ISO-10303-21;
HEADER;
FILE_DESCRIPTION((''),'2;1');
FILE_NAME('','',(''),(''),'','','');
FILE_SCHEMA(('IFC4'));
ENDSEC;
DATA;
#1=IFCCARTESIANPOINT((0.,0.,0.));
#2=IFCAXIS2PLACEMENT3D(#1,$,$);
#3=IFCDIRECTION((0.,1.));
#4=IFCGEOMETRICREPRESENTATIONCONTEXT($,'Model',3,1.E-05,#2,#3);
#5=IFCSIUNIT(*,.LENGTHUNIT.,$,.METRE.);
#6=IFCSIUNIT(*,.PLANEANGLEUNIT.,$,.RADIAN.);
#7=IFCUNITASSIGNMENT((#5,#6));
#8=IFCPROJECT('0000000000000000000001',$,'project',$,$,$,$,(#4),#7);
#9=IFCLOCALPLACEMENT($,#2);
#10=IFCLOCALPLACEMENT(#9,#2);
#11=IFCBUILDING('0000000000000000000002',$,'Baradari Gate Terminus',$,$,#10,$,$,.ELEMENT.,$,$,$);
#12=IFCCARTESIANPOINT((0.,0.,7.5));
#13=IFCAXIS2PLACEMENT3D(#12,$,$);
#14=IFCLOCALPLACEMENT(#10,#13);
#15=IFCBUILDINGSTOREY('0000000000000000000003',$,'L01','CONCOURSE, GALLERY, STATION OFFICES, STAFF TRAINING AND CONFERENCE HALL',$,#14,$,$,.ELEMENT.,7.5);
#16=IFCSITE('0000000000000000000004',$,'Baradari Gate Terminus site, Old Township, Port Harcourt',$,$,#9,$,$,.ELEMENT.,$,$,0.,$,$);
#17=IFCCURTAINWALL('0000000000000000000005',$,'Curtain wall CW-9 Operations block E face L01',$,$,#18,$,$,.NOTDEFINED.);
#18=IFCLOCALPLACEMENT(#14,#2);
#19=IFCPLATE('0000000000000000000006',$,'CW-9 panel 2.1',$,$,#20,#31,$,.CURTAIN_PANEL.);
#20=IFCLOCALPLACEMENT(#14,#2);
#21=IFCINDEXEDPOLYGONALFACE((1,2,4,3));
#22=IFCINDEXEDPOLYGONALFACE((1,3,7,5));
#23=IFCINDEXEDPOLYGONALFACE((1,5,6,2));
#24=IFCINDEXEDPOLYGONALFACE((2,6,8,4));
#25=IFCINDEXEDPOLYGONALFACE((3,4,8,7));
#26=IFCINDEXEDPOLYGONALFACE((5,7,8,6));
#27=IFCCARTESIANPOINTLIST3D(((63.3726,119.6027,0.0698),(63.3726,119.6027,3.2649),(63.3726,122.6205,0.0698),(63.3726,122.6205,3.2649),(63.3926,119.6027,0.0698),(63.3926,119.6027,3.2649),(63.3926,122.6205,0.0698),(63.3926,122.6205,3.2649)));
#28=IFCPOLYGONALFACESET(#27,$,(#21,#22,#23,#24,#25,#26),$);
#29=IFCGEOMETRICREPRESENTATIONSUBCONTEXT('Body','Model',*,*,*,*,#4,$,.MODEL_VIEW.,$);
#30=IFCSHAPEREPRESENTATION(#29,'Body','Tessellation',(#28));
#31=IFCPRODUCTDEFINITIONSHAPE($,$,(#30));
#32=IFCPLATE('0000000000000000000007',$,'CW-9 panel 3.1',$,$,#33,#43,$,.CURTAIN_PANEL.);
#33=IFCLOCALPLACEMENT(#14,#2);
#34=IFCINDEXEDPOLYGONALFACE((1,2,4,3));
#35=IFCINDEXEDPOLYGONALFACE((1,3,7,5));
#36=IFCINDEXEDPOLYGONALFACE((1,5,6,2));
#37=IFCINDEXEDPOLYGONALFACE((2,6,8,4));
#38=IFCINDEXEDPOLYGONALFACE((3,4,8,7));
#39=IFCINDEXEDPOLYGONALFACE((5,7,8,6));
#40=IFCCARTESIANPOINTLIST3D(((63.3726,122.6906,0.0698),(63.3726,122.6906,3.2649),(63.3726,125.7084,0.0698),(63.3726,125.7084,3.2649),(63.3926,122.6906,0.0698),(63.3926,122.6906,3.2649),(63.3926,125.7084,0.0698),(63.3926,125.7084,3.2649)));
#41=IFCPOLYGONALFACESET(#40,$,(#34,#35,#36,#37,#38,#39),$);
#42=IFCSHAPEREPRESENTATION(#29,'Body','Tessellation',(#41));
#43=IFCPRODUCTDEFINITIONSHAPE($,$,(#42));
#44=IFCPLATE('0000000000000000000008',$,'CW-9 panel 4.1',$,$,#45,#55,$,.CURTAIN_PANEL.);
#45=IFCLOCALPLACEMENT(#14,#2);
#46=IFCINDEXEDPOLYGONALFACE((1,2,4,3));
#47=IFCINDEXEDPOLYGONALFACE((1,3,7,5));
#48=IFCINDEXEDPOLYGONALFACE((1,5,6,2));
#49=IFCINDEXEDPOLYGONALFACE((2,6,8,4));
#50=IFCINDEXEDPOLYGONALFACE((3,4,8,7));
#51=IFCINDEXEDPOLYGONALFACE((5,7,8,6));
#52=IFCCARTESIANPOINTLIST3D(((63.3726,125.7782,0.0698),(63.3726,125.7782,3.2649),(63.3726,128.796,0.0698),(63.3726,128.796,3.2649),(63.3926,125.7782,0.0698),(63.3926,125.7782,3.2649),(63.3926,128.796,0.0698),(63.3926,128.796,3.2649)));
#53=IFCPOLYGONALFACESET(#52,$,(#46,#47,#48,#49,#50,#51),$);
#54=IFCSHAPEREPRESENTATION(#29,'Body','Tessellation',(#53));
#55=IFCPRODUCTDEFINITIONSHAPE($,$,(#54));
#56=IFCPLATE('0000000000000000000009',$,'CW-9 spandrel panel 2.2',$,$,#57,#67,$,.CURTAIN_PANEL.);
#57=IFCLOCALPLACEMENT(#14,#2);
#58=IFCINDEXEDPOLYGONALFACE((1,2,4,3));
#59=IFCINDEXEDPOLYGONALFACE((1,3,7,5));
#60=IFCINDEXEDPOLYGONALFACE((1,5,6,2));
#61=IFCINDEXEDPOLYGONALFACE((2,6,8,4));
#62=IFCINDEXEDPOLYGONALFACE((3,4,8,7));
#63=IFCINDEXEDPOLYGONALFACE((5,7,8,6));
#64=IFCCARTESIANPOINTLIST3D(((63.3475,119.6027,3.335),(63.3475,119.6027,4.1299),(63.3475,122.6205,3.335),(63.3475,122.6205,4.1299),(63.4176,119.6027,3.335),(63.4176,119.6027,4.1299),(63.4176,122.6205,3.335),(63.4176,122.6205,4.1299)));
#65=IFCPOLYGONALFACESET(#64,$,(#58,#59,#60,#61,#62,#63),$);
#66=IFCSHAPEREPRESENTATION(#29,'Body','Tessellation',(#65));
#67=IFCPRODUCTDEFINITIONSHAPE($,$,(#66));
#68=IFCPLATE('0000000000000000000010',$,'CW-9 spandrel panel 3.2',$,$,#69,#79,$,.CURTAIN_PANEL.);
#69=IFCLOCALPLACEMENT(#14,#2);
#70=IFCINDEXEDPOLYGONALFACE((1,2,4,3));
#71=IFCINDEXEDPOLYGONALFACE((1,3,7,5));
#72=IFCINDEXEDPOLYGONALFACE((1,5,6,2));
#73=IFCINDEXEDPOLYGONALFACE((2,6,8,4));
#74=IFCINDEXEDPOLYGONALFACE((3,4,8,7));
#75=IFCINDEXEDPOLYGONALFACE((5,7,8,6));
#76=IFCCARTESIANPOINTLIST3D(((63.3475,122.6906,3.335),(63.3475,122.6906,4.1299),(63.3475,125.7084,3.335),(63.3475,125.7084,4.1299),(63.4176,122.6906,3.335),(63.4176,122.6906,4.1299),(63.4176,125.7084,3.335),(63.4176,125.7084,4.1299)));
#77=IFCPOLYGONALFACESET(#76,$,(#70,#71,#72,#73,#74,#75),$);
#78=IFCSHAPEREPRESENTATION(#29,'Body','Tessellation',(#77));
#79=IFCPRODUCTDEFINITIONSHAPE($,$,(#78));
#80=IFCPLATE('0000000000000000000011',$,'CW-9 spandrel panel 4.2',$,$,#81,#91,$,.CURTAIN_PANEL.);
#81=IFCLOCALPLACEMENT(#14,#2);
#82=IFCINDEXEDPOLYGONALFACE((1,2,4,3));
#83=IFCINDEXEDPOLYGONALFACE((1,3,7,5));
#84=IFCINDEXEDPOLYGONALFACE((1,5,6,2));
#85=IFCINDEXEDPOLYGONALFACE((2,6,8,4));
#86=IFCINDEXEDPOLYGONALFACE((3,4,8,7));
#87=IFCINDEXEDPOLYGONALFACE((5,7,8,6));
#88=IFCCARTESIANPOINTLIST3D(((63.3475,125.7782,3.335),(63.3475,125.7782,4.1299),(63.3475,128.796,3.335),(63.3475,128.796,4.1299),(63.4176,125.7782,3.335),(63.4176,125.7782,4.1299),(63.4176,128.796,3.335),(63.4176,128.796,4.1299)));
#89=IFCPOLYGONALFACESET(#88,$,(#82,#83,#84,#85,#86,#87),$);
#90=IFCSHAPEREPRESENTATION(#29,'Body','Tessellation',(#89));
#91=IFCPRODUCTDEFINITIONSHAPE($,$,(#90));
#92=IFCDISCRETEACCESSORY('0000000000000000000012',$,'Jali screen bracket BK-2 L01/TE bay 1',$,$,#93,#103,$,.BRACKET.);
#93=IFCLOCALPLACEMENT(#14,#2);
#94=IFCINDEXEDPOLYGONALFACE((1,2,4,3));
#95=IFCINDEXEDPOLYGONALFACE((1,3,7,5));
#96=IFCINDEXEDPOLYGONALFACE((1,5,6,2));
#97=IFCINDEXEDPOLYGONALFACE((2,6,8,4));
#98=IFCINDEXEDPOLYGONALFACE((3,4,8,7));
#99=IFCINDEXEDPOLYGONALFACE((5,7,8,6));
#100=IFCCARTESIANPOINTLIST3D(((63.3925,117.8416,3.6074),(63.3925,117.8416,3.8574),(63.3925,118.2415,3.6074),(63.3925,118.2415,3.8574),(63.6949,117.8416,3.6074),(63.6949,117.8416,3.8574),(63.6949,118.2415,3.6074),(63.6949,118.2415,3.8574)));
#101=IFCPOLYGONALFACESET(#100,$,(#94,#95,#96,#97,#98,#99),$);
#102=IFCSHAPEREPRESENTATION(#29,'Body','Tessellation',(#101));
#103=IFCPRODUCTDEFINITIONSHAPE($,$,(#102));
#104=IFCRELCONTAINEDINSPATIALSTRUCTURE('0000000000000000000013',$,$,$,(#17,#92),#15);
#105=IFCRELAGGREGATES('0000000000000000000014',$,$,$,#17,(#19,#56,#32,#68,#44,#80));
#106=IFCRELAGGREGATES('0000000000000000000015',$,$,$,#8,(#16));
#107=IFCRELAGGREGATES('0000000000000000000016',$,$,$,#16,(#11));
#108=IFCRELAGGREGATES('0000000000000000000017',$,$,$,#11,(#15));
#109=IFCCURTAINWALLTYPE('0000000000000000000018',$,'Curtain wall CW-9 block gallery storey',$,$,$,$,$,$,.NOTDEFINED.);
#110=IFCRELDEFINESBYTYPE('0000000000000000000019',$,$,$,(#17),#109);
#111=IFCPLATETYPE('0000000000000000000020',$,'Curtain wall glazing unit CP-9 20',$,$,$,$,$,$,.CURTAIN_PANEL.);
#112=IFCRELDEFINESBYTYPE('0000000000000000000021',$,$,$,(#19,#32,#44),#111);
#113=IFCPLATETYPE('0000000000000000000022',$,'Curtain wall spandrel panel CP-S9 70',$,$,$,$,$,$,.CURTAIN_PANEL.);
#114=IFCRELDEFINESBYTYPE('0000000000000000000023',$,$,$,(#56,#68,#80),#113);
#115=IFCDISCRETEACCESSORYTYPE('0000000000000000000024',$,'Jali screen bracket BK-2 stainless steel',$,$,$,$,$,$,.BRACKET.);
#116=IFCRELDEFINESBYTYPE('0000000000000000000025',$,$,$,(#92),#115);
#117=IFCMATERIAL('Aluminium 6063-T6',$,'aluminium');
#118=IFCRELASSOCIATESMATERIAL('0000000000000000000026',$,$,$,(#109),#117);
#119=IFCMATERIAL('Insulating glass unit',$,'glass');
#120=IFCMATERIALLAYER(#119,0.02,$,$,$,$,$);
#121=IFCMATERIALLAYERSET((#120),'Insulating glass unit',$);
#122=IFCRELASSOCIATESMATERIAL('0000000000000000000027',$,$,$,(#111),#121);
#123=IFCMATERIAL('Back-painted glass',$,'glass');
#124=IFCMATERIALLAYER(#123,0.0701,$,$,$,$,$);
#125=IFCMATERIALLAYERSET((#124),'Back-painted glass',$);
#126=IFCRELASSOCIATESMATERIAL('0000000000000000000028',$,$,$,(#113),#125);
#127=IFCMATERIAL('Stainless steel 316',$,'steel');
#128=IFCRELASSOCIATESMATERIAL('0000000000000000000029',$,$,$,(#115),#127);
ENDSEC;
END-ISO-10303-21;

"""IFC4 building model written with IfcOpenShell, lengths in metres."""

from ifc_helpers import new_model, si_unit, direction, frame, origin, origin_2d, place, context, subcontext, project, spatial, rectangle, extrude, material, layer, layer_set, type_object, element, aggregate, save


model = new_model("IFC4")

# Units and contexts
model_context = context("Model", 3, precision=1e-05, world=origin(), true_north=direction((0.0, 1.0)))
body_context = subcontext(model_context, "Body", "Model", "MODEL_VIEW")
ifc_project = project(units=[si_unit("LENGTHUNIT", "METRE"), si_unit("PLANEANGLEUNIT", "RADIAN")], contexts=[model_context])

# Site, building, storey
site_placement = place(None, origin())
site = spatial("IfcSite", under=ifc_project, at=site_placement, Name="Baradari Gate Terminus site, Old Township, Port Harcourt", CompositionType="ELEMENT", RefElevation=0.0)
building_placement = place(site_placement, origin())
building = spatial("IfcBuilding", under=site, at=building_placement, Name="Baradari Gate Terminus", CompositionType="ELEMENT")
storey_placement = place(building_placement, frame((0.0, 0.0, 7.5)))
storey = spatial("IfcBuildingStorey", under=building, at=storey_placement, Name="L01", Description="CONCOURSE, GALLERY, STATION OFFICES, STAFF TRAINING AND CONFERENCE HALL", CompositionType="ELEMENT", Elevation=7.5)

# Shared definitions
ifc_material_1 = material(Name="Aluminium 6063-T6", Category="aluminium")
curtain_wall_type = type_object("IfcCurtainWallType", Name="Curtain wall CW-9 block gallery storey", PredefinedType="NOTDEFINED", material=ifc_material_1)

# Curtain wall, plates
curtain_wall_1_placement = place(storey_placement, origin())
curtain_wall_1 = element("IfcCurtainWall", 1, at=curtain_wall_1_placement, inside=storey, type_object=curtain_wall_type, Name="Curtain wall CW-9 Operations block E face L01", PredefinedType="NOTDEFINED")
ifc_material_2 = material(Name="Insulating glass unit", Category="glass")
ifc_layer_1 = layer(ifc_material_2, 0.02)
ifc_layer_set_1 = layer_set([ifc_layer_1], Name="Insulating glass unit")
plate_type_1 = type_object("IfcPlateType", Name="Curtain wall glazing unit CP-9 20", PredefinedType="CURTAIN_PANEL", material=ifc_layer_set_1)
plate_1_placement = place(storey_placement, frame((63.3826, 121.1116, 0.0698), z_axis=(0.0, 0.0, 1.0), x_axis=(0.0, 1.0, 0.0)))
plate_1 = element("IfcPlate", 2, at=plate_1_placement, type_object=plate_type_1, Name="CW-9 panel 2.1", PredefinedType="CURTAIN_PANEL", context=body_context, shape_type="SweptSolid", body=[
    extrude(rectangle(XDim=3.0178, YDim=0.02, at=origin_2d()), origin(), (0.0, 0.0, 1.0), 3.1951),
])
plate_2_placement = place(storey_placement, frame((63.3826, 124.1995, 0.0698), z_axis=(0.0, 0.0, 1.0), x_axis=(0.0, 1.0, 0.0)))
plate_2 = element("IfcPlate", 3, at=plate_2_placement, type_object=plate_type_1, Name="CW-9 panel 3.1", PredefinedType="CURTAIN_PANEL", context=body_context, shape_type="SweptSolid", body=[
    extrude(rectangle(XDim=3.0178, YDim=0.02, at=origin_2d()), origin(), (0.0, 0.0, 1.0), 3.1951),
])
plate_3_placement = place(storey_placement, frame((63.3826, 127.2871, 0.0698), z_axis=(0.0, 0.0, 1.0), x_axis=(0.0, 1.0, 0.0)))
plate_3 = element("IfcPlate", 4, at=plate_3_placement, type_object=plate_type_1, Name="CW-9 panel 4.1", PredefinedType="CURTAIN_PANEL", context=body_context, shape_type="SweptSolid", body=[
    extrude(rectangle(XDim=3.0178, YDim=0.02, at=origin_2d()), origin(), (0.0, 0.0, 1.0), 3.1951),
])
ifc_material_3 = material(Name="Back-painted glass", Category="glass")
ifc_layer_2 = layer(ifc_material_3, 0.0701)
ifc_layer_set_2 = layer_set([ifc_layer_2], Name="Back-painted glass")
plate_type_2 = type_object("IfcPlateType", Name="Curtain wall spandrel panel CP-S9 70", PredefinedType="CURTAIN_PANEL", material=ifc_layer_set_2)
plate_4_placement = place(storey_placement, frame((63.3826, 121.1116, 3.335), z_axis=(0.0, 0.0, 1.0), x_axis=(0.0, 1.0, 0.0)))
plate_4 = element("IfcPlate", 5, at=plate_4_placement, type_object=plate_type_2, Name="CW-9 spandrel panel 2.2", PredefinedType="CURTAIN_PANEL", context=body_context, shape_type="SweptSolid", body=[
    extrude(rectangle(XDim=3.0178, YDim=0.0701, at=origin_2d()), origin(), (0.0, 0.0, 1.0), 0.7949),
])
plate_5_placement = place(storey_placement, frame((63.3826, 124.1995, 3.335), z_axis=(0.0, 0.0, 1.0), x_axis=(0.0, 1.0, 0.0)))
plate_5 = element("IfcPlate", 6, at=plate_5_placement, type_object=plate_type_2, Name="CW-9 spandrel panel 3.2", PredefinedType="CURTAIN_PANEL", context=body_context, shape_type="SweptSolid", body=[
    extrude(rectangle(XDim=3.0178, YDim=0.0701, at=origin_2d()), origin(), (0.0, 0.0, 1.0), 0.7949),
])
plate_6_placement = place(storey_placement, frame((63.3826, 127.2871, 3.335), z_axis=(0.0, 0.0, 1.0), x_axis=(0.0, 1.0, 0.0)))
plate_6 = element("IfcPlate", 7, at=plate_6_placement, type_object=plate_type_2, Name="CW-9 spandrel panel 4.2", PredefinedType="CURTAIN_PANEL", context=body_context, shape_type="SweptSolid", body=[
    extrude(rectangle(XDim=3.0178, YDim=0.0701, at=origin_2d()), origin(), (0.0, 0.0, 1.0), 0.7949),
])
aggregate(curtain_wall_1, [plate_1, plate_4, plate_2, plate_5, plate_3, plate_6])

# Discrete accessory
ifc_material_4 = material(Name="Stainless steel 316", Category="steel")
discrete_accessory_type = type_object("IfcDiscreteAccessoryType", Name="Jali screen bracket BK-2 stainless steel", PredefinedType="BRACKET", material=ifc_material_4)
discrete_accessory_placement = place(storey_placement, frame((63.5437, 118.0415, 3.6074), z_axis=(0.0, 0.0, 1.0), x_axis=(1.0, 0.0, 0.0)))
element("IfcDiscreteAccessory", 8, at=discrete_accessory_placement, inside=storey, type_object=discrete_accessory_type, Name="Jali screen bracket BK-2 L01/TE bay 1", PredefinedType="BRACKET", context=body_context, shape_type="SweptSolid", body=[
    extrude(rectangle(XDim=0.3025, YDim=0.3999, at=origin_2d()), origin(), (0.0, 0.0, 1.0), 0.25),
])

save(model, "model.ifc")
